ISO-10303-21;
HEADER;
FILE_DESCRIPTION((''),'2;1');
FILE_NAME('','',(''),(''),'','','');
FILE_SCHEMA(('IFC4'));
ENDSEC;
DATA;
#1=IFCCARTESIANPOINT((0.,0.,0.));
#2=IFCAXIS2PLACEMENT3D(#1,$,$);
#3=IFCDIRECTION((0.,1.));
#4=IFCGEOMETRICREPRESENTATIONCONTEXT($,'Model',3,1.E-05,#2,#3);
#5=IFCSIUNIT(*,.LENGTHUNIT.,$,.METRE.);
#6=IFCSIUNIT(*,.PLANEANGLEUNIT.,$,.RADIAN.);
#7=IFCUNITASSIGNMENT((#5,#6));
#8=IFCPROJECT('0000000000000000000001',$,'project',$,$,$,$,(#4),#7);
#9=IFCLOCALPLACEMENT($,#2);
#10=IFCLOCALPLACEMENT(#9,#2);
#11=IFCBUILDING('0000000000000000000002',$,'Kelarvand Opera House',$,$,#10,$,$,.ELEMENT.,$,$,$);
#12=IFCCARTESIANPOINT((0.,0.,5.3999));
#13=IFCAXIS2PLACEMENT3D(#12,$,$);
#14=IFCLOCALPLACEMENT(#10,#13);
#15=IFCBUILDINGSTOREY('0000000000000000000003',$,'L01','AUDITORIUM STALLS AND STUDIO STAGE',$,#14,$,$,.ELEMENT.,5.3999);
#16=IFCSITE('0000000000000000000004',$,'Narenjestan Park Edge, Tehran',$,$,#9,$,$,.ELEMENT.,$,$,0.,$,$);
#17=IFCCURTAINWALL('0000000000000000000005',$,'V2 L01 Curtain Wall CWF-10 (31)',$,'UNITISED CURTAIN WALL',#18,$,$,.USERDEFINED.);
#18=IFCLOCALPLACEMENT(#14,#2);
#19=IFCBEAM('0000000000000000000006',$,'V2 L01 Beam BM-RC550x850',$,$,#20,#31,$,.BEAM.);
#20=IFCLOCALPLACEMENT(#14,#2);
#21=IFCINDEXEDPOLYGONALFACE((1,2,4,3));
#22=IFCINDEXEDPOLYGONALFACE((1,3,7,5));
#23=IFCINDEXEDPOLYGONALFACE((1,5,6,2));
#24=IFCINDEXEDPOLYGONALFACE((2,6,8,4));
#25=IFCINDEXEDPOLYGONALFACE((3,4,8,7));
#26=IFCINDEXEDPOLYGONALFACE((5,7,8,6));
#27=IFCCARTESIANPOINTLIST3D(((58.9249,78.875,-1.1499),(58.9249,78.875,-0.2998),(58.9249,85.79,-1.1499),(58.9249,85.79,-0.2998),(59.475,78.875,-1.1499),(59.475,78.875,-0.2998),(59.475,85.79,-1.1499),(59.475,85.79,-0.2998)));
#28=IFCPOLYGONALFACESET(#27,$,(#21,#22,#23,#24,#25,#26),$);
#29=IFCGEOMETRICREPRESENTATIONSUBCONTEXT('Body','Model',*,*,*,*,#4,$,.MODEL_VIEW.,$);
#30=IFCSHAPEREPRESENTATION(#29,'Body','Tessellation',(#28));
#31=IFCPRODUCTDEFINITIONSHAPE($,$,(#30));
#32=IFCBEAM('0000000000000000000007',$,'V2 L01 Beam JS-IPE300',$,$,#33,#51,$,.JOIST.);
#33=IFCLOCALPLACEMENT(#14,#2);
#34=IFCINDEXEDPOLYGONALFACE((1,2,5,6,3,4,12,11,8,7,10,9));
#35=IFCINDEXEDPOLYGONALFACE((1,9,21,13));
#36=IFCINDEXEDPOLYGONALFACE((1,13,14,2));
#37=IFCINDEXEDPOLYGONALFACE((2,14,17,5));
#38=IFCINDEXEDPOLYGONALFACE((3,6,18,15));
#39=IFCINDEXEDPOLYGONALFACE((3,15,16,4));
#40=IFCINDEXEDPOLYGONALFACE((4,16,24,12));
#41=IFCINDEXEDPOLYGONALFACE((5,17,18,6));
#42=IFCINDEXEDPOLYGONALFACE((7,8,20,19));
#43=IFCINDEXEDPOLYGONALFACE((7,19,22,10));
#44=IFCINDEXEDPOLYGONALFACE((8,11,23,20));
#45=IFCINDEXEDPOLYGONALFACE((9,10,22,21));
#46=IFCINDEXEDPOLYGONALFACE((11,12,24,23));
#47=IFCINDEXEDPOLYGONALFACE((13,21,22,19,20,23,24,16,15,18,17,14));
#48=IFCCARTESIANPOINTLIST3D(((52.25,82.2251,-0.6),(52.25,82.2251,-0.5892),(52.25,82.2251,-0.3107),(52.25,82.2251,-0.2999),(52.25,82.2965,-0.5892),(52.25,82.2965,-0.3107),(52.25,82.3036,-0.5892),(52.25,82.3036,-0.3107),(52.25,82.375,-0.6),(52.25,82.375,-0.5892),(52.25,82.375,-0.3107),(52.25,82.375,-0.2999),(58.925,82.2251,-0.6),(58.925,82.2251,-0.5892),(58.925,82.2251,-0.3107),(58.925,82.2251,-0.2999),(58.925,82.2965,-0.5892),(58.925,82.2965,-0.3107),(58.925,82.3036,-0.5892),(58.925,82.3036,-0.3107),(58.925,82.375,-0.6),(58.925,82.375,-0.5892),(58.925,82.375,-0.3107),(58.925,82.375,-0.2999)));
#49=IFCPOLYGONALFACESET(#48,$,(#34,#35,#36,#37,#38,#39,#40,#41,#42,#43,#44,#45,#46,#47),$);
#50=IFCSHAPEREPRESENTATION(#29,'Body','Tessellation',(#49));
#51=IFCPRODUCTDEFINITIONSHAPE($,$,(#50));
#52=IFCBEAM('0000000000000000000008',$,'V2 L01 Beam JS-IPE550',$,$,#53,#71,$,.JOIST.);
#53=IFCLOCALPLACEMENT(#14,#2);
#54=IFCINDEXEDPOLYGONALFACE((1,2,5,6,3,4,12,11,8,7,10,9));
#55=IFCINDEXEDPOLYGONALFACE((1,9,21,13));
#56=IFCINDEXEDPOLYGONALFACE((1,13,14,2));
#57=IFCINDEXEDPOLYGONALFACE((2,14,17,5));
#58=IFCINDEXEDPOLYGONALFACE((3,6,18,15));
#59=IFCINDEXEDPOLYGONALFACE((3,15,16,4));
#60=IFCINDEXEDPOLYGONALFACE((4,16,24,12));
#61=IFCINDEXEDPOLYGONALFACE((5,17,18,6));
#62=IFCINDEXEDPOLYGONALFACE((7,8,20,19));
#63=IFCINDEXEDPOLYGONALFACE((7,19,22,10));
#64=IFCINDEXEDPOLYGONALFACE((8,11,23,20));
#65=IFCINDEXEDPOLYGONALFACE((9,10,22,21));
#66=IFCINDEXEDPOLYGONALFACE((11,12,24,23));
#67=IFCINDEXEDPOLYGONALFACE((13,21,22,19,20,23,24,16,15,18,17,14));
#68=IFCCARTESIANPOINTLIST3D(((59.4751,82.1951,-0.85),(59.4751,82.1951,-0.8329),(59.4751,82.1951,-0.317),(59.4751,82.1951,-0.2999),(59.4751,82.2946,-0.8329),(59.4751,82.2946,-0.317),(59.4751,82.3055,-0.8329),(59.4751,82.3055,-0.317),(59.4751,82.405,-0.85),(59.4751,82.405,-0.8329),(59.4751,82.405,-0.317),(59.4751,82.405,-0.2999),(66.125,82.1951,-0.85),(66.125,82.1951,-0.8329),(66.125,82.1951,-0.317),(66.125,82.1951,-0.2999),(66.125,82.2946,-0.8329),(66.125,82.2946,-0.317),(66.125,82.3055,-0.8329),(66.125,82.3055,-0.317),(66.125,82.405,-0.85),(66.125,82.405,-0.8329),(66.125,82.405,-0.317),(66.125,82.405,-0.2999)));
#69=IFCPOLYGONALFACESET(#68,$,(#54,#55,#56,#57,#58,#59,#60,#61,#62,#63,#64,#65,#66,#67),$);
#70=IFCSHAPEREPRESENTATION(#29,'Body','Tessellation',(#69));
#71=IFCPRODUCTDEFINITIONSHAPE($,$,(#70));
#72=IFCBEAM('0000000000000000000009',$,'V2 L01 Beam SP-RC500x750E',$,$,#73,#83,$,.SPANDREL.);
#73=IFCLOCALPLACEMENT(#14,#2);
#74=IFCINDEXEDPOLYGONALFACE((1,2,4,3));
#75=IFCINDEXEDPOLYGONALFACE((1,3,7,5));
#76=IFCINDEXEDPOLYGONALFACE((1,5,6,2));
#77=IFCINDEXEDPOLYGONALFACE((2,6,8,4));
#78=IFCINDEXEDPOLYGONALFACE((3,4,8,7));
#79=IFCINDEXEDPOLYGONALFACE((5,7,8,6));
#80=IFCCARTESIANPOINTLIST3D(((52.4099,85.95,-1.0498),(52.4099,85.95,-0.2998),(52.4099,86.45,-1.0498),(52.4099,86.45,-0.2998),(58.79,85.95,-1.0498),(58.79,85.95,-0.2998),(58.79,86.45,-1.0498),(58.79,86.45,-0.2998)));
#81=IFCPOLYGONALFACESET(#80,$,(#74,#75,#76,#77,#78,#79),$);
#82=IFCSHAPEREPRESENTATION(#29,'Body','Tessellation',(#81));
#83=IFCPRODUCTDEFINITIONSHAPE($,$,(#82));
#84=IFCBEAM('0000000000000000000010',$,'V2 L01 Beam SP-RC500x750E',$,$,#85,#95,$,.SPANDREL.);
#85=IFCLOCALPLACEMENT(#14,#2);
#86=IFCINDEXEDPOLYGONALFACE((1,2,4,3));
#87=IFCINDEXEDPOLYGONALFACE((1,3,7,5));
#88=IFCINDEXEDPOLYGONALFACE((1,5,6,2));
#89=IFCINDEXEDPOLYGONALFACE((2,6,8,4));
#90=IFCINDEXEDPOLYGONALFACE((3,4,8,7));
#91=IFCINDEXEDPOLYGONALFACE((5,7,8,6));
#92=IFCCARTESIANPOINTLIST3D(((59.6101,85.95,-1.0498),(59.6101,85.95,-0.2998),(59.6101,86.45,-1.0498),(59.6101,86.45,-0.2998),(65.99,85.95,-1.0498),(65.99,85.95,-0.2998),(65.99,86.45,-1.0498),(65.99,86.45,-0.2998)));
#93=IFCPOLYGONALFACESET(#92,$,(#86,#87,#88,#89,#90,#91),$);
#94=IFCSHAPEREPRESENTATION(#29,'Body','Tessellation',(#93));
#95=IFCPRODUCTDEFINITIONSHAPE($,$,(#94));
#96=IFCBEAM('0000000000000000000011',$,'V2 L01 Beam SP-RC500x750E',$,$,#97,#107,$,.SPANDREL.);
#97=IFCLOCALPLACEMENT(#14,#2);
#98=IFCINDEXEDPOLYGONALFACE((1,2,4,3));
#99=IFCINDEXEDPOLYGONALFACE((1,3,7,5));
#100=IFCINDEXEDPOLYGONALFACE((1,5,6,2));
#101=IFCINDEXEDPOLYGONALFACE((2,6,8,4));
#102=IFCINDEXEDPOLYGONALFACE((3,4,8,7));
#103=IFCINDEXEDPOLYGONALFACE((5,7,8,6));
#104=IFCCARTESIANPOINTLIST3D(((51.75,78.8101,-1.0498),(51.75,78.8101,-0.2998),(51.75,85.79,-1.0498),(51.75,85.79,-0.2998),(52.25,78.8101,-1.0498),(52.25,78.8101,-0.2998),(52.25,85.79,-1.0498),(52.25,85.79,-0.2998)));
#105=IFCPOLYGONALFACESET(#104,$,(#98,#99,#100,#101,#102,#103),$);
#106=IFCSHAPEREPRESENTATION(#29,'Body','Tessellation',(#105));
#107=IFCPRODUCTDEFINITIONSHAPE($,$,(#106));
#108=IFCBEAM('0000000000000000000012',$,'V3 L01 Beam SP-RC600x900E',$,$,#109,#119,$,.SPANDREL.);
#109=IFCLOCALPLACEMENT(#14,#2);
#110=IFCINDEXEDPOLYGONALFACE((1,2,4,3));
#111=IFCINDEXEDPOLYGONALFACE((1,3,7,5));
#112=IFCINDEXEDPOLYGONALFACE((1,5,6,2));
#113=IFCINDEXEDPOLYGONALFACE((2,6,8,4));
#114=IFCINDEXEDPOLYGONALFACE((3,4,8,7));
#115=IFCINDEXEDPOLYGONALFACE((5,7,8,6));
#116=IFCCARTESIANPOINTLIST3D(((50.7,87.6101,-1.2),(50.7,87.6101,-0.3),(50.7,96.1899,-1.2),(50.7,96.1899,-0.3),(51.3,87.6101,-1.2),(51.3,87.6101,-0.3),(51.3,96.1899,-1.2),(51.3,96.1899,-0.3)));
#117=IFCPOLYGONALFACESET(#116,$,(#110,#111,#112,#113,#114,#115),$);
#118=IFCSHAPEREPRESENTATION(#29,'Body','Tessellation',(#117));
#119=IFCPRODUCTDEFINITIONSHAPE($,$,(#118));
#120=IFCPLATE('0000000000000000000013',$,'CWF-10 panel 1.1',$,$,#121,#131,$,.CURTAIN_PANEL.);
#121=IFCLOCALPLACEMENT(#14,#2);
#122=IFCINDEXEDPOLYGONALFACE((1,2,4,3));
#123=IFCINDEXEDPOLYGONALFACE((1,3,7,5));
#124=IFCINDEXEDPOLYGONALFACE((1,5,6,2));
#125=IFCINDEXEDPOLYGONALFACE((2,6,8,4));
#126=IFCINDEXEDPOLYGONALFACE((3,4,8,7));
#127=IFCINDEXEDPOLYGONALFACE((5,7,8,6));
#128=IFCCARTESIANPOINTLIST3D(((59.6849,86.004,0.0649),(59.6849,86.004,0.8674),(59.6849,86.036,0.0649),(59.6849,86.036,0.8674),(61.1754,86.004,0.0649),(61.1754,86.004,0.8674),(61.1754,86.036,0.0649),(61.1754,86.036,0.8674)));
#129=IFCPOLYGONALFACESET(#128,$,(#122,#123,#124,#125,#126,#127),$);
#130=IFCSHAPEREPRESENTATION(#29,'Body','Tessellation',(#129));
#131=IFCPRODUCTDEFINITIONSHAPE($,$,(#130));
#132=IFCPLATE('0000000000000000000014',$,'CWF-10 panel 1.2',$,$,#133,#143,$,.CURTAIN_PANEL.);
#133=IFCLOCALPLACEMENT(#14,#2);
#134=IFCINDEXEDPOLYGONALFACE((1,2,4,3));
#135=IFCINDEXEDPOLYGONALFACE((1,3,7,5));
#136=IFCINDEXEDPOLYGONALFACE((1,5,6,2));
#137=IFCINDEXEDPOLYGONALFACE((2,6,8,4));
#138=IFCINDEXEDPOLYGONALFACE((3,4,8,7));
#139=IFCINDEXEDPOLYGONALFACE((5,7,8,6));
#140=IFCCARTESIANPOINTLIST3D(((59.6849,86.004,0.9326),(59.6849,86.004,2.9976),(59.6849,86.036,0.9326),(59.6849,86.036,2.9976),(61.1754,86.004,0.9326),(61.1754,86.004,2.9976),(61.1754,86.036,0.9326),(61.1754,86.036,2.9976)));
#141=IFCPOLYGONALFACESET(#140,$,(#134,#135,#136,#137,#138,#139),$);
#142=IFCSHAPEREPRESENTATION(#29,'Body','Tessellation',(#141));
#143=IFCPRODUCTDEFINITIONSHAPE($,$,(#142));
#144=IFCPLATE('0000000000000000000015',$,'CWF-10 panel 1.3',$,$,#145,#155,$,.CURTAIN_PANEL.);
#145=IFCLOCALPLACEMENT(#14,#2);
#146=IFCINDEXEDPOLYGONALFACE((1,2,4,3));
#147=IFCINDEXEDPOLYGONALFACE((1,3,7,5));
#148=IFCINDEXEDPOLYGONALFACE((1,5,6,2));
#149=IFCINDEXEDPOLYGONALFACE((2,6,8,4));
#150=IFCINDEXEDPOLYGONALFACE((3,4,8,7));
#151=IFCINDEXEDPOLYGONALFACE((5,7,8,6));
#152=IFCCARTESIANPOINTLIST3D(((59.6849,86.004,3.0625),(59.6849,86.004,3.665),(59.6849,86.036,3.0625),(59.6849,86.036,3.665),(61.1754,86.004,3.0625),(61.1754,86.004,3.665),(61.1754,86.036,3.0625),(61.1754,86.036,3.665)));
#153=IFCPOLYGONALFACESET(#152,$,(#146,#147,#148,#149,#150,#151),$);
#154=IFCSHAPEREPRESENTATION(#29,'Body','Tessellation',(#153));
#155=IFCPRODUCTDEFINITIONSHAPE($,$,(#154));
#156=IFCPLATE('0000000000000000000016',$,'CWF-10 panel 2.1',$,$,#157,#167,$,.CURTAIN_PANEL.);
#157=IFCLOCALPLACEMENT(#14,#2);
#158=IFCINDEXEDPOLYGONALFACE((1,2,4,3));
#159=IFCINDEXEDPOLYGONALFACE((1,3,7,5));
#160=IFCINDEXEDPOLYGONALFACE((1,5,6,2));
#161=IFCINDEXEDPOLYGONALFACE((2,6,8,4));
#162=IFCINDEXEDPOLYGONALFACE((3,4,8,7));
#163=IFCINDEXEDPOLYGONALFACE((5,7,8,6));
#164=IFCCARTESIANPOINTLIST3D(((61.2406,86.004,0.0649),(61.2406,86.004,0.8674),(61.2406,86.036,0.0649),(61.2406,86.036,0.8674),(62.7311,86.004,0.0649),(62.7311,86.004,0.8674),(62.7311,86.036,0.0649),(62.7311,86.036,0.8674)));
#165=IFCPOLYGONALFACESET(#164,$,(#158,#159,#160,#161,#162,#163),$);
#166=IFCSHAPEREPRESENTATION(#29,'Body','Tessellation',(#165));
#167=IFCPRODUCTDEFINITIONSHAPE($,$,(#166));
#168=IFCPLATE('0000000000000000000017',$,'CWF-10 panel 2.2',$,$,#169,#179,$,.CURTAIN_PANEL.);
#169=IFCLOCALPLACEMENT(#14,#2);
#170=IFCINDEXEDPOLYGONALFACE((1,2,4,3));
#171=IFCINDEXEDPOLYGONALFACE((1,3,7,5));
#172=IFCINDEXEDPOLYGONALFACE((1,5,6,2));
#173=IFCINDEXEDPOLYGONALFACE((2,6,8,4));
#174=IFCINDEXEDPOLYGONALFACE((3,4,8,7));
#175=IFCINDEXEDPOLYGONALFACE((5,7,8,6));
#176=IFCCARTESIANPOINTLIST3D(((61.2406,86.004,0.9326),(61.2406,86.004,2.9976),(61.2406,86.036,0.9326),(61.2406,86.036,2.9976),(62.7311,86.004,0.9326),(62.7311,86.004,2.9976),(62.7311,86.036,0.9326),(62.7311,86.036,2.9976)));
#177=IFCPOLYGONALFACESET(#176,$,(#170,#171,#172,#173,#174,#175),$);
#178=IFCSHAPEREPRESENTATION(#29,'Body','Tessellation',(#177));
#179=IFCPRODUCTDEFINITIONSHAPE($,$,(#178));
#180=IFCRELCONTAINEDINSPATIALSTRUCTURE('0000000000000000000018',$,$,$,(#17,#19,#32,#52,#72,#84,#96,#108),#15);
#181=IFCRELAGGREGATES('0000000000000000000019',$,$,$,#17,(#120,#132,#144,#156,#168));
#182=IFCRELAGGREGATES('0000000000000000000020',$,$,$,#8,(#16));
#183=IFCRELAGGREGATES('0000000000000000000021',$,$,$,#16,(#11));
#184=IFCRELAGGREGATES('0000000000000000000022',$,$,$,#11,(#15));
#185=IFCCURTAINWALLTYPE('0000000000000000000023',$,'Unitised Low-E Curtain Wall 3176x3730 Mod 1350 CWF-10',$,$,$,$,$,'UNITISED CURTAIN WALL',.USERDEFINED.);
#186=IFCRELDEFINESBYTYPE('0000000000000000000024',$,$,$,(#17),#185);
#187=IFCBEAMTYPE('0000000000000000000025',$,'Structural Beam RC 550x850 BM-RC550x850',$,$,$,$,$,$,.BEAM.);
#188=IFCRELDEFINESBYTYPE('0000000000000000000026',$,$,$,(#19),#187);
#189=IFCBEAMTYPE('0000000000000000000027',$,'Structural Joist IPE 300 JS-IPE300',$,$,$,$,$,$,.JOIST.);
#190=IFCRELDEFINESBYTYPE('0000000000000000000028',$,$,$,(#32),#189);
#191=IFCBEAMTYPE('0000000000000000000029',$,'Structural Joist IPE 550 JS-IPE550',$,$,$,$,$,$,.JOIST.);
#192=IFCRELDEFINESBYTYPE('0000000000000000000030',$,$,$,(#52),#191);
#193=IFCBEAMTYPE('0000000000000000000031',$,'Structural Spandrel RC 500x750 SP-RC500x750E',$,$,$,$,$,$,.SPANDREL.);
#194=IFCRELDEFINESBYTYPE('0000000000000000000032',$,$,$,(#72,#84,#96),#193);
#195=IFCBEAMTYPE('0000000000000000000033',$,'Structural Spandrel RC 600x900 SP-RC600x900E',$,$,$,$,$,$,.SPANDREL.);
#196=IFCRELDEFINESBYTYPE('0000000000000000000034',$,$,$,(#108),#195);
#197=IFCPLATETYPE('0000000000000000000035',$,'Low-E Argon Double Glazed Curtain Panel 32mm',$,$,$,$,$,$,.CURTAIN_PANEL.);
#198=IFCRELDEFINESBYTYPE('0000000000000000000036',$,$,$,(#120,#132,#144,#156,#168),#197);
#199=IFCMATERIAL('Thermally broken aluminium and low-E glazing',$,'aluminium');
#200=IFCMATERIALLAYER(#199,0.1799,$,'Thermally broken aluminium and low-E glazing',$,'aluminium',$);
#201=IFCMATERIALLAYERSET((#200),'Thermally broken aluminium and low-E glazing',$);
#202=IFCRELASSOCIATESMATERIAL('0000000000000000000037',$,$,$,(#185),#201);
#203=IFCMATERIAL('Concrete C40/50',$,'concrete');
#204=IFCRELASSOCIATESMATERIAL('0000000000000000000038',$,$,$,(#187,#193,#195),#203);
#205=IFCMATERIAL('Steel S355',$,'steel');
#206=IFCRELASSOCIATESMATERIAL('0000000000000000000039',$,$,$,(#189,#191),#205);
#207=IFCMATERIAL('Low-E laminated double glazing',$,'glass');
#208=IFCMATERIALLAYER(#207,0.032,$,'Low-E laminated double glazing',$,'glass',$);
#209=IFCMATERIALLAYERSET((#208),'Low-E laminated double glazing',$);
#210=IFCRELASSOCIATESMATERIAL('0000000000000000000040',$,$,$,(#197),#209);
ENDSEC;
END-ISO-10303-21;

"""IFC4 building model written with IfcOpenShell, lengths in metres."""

from ifc_helpers import new_model, si_unit, direction, frame, origin, origin_2d, place, context, subcontext, project, spatial, rectangle, i_section, extrude, material, layer, layer_set, material_profile, profile_set, type_object, element, aggregate, save


model = new_model("IFC4")

# Units and contexts
model_context = context("Model", 3, precision=1e-05, world=origin(), true_north=direction((0.0, 1.0)))
body_context = subcontext(model_context, "Body", "Model", "MODEL_VIEW")
ifc_project = project(units=[si_unit("LENGTHUNIT", "METRE"), si_unit("PLANEANGLEUNIT", "RADIAN")], contexts=[model_context])

# Site, building, storey
site_placement = place(None, origin())
site = spatial("IfcSite", under=ifc_project, at=site_placement, Name="Narenjestan Park Edge, Tehran", CompositionType="ELEMENT", RefElevation=0.0)
building_placement = place(site_placement, origin())
building = spatial("IfcBuilding", under=site, at=building_placement, Name="Kelarvand Opera House", CompositionType="ELEMENT")
storey_placement = place(building_placement, frame((0.0, 0.0, 5.3999)))
storey = spatial("IfcBuildingStorey", under=building, at=storey_placement, Name="L01", Description="AUDITORIUM STALLS AND STUDIO STAGE", CompositionType="ELEMENT", Elevation=5.3999)

# Shared definitions
ifc_material_1 = material(Name="Concrete C40/50", Category="concrete")

# Curtain wall
ifc_material_2 = material(Name="Thermally broken aluminium and low-E glazing", Category="aluminium")
ifc_layer_1 = layer(ifc_material_2, 0.1799, Name="Thermally broken aluminium and low-E glazing", Category="aluminium")
ifc_layer_set_1 = layer_set([ifc_layer_1], Name="Thermally broken aluminium and low-E glazing")
curtain_wall_type_1 = type_object("IfcCurtainWallType", Name="Unitised Low-E Curtain Wall 3176x3730 Mod 1350 CWF-10", ElementType="UNITISED CURTAIN WALL", PredefinedType="USERDEFINED", material=ifc_layer_set_1)
curtain_wall_1_placement = place(storey_placement, origin())
curtain_wall_1 = element("IfcCurtainWall", 1, at=curtain_wall_1_placement, inside=storey, type_object=curtain_wall_type_1, Name="V2 L01 Curtain Wall CWF-10 (31)", ObjectType="UNITISED CURTAIN WALL", PredefinedType="USERDEFINED")

# Beams
ifc_material_profile_1 = material_profile(ifc_material_1, rectangle(XDim=0.55, YDim=0.8501, at=origin_2d()), Name="RC 550x850", Category="concrete")
ifc_profile_set_1 = profile_set([ifc_material_profile_1], Name="Concrete C40/50")
beam_type_1 = type_object("IfcBeamType", Name="Structural Beam RC 550x850 BM-RC550x850", PredefinedType="BEAM", material=ifc_profile_set_1)
beam_1_placement = place(storey_placement, frame((59.2, 78.875, -0.7249), z_axis=(0.0, 1.0, 0.0), x_axis=(-1.0, 0.0, 0.0)))
element("IfcBeam", 2, at=beam_1_placement, inside=storey, type_object=beam_type_1, Name="V2 L01 Beam BM-RC550x850", PredefinedType="BEAM", context=body_context, shape_type="SweptSolid", body=[
    extrude(rectangle(XDim=0.55, YDim=0.8501, at=origin_2d()), origin(), (0.0, 0.0, 1.0), 6.915),
])
ifc_material_3 = material(Name="Steel S355", Category="steel")
ifc_material_profile_2 = material_profile(ifc_material_3, i_section(OverallWidth=0.1499, OverallDepth=0.3, WebThickness=0.0071, FlangeThickness=0.0107, at=origin_2d()), Name="IPE 300", Category="steel")
ifc_profile_set_2 = profile_set([ifc_material_profile_2], Name="Steel S355")
beam_type_2 = type_object("IfcBeamType", Name="Structural Joist IPE 300 JS-IPE300", PredefinedType="JOIST", material=ifc_profile_set_2)
beam_2_placement = place(storey_placement, frame((52.25, 82.3, -0.45), z_axis=(1.0, 0.0, 0.0), x_axis=(0.0, 1.0, 0.0)))
element("IfcBeam", 3, at=beam_2_placement, inside=storey, type_object=beam_type_2, Name="V2 L01 Beam JS-IPE300", PredefinedType="JOIST", context=body_context, shape_type="SweptSolid", body=[
    extrude(i_section(OverallWidth=0.1499, OverallDepth=0.3, WebThickness=0.0071, FlangeThickness=0.0107, at=origin_2d()), origin(), (0.0, 0.0, 1.0), 6.675),
])
ifc_material_profile_3 = material_profile(ifc_material_3, i_section(OverallWidth=0.21, OverallDepth=0.55, WebThickness=0.011, FlangeThickness=0.0171, at=origin_2d()), Name="IPE 550", Category="steel")
ifc_profile_set_3 = profile_set([ifc_material_profile_3], Name="Steel S355")
beam_type_3 = type_object("IfcBeamType", Name="Structural Joist IPE 550 JS-IPE550", PredefinedType="JOIST", material=ifc_profile_set_3)
beam_3_placement = place(storey_placement, frame((59.4751, 82.3, -0.575), z_axis=(1.0, 0.0, 0.0), x_axis=(0.0, 1.0, 0.0)))
element("IfcBeam", 4, at=beam_3_placement, inside=storey, type_object=beam_type_3, Name="V2 L01 Beam JS-IPE550", PredefinedType="JOIST", context=body_context, shape_type="SweptSolid", body=[
    extrude(i_section(OverallWidth=0.21, OverallDepth=0.55, WebThickness=0.011, FlangeThickness=0.0171, at=origin_2d()), origin(), (0.0, 0.0, 1.0), 6.6499),
])
ifc_material_profile_4 = material_profile(ifc_material_1, rectangle(XDim=0.5, YDim=0.75, at=origin_2d()), Name="RC 500x750", Category="concrete")
ifc_profile_set_4 = profile_set([ifc_material_profile_4], Name="Concrete C40/50")
beam_type_4 = type_object("IfcBeamType", Name="Structural Spandrel RC 500x750 SP-RC500x750E", PredefinedType="SPANDREL", material=ifc_profile_set_4)
beam_4_placement = place(storey_placement, frame((52.4099, 86.2, -0.6748), z_axis=(1.0, 0.0, 0.0), x_axis=(0.0, 1.0, 0.0)))
element("IfcBeam", 5, at=beam_4_placement, inside=storey, type_object=beam_type_4, Name="V2 L01 Beam SP-RC500x750E", PredefinedType="SPANDREL", context=body_context, shape_type="SweptSolid", body=[
    extrude(rectangle(XDim=0.5, YDim=0.75, at=origin_2d()), origin(), (0.0, 0.0, 1.0), 6.3801),
])
beam_5_placement = place(storey_placement, frame((59.6101, 86.2, -0.6748), z_axis=(1.0, 0.0, 0.0), x_axis=(0.0, 1.0, 0.0)))
element("IfcBeam", 6, at=beam_5_placement, inside=storey, type_object=beam_type_4, Name="V2 L01 Beam SP-RC500x750E", PredefinedType="SPANDREL", context=body_context, shape_type="SweptSolid", body=[
    extrude(rectangle(XDim=0.5, YDim=0.75, at=origin_2d()), origin(), (0.0, 0.0, 1.0), 6.3799),
])
beam_6_placement = place(storey_placement, frame((52.0, 78.8101, -0.6748), z_axis=(0.0, 1.0, 0.0), x_axis=(-1.0, 0.0, 0.0)))
element("IfcBeam", 7, at=beam_6_placement, inside=storey, type_object=beam_type_4, Name="V2 L01 Beam SP-RC500x750E", PredefinedType="SPANDREL", context=body_context, shape_type="SweptSolid", body=[
    extrude(rectangle(XDim=0.5, YDim=0.75, at=origin_2d()), origin(), (0.0, 0.0, 1.0), 6.98),
])
ifc_material_profile_5 = material_profile(ifc_material_1, rectangle(XDim=0.6001, YDim=0.8999, at=origin_2d()), Name="RC 600x900", Category="concrete")
ifc_profile_set_5 = profile_set([ifc_material_profile_5], Name="Concrete C40/50")
beam_type_5 = type_object("IfcBeamType", Name="Structural Spandrel RC 600x900 SP-RC600x900E", PredefinedType="SPANDREL", material=ifc_profile_set_5)
beam_7_placement = place(storey_placement, frame((51.0, 87.6101, -0.75), z_axis=(0.0, 1.0, 0.0), x_axis=(-1.0, 0.0, 0.0)))
element("IfcBeam", 8, at=beam_7_placement, inside=storey, type_object=beam_type_5, Name="V3 L01 Beam SP-RC600x900E", PredefinedType="SPANDREL", context=body_context, shape_type="SweptSolid", body=[
    extrude(rectangle(XDim=0.6001, YDim=0.8999, at=origin_2d()), origin(), (0.0, 0.0, 1.0), 8.5798),
])

# Plates
ifc_material_4 = material(Name="Low-E laminated double glazing", Category="glass")
ifc_layer_2 = layer(ifc_material_4, 0.032, Name="Low-E laminated double glazing", Category="glass")
ifc_layer_set_2 = layer_set([ifc_layer_2], Name="Low-E laminated double glazing")
plate_type = type_object("IfcPlateType", Name="Low-E Argon Double Glazed Curtain Panel 32mm", PredefinedType="CURTAIN_PANEL", material=ifc_layer_set_2)
plate_1_placement = place(storey_placement, frame((60.4302, 86.02, 0.0649), z_axis=(0.0, 0.0, 1.0), x_axis=(1.0, 0.0, 0.0)))
plate_1 = element("IfcPlate", 9, at=plate_1_placement, type_object=plate_type, Name="CWF-10 panel 1.1", PredefinedType="CURTAIN_PANEL", context=body_context, shape_type="SweptSolid", body=[
    extrude(rectangle(XDim=1.4905, YDim=0.032, at=origin_2d()), origin(), (0.0, 0.0, 1.0), 0.8025),
])
plate_2_placement = place(storey_placement, frame((60.4302, 86.02, 0.9326), z_axis=(0.0, 0.0, 1.0), x_axis=(1.0, 0.0, 0.0)))
plate_2 = element("IfcPlate", 10, at=plate_2_placement, type_object=plate_type, Name="CWF-10 panel 1.2", PredefinedType="CURTAIN_PANEL", context=body_context, shape_type="SweptSolid", body=[
    extrude(rectangle(XDim=1.4905, YDim=0.032, at=origin_2d()), origin(), (0.0, 0.0, 1.0), 2.0649),
])
plate_3_placement = place(storey_placement, frame((60.4302, 86.02, 3.0625), z_axis=(0.0, 0.0, 1.0), x_axis=(1.0, 0.0, 0.0)))
plate_3 = element("IfcPlate", 11, at=plate_3_placement, type_object=plate_type, Name="CWF-10 panel 1.3", PredefinedType="CURTAIN_PANEL", context=body_context, shape_type="SweptSolid", body=[
    extrude(rectangle(XDim=1.4905, YDim=0.032, at=origin_2d()), origin(), (0.0, 0.0, 1.0), 0.6025),
])
plate_4_placement = place(storey_placement, frame((61.9858, 86.02, 0.0649), z_axis=(0.0, 0.0, 1.0), x_axis=(1.0, 0.0, 0.0)))
plate_4 = element("IfcPlate", 12, at=plate_4_placement, type_object=plate_type, Name="CWF-10 panel 2.1", PredefinedType="CURTAIN_PANEL", context=body_context, shape_type="SweptSolid", body=[
    extrude(rectangle(XDim=1.4905, YDim=0.032, at=origin_2d()), origin(), (0.0, 0.0, 1.0), 0.8025),
])
plate_5_placement = place(storey_placement, frame((61.9858, 86.02, 0.9326), z_axis=(0.0, 0.0, 1.0), x_axis=(1.0, 0.0, 0.0)))
plate_5 = element("IfcPlate", 13, at=plate_5_placement, type_object=plate_type, Name="CWF-10 panel 2.2", PredefinedType="CURTAIN_PANEL", context=body_context, shape_type="SweptSolid", body=[
    extrude(rectangle(XDim=1.4905, YDim=0.032, at=origin_2d()), origin(), (0.0, 0.0, 1.0), 2.0649),
])
aggregate(curtain_wall_1, [plate_1, plate_2, plate_3, plate_4, plate_5])

save(model, "model.ifc")
